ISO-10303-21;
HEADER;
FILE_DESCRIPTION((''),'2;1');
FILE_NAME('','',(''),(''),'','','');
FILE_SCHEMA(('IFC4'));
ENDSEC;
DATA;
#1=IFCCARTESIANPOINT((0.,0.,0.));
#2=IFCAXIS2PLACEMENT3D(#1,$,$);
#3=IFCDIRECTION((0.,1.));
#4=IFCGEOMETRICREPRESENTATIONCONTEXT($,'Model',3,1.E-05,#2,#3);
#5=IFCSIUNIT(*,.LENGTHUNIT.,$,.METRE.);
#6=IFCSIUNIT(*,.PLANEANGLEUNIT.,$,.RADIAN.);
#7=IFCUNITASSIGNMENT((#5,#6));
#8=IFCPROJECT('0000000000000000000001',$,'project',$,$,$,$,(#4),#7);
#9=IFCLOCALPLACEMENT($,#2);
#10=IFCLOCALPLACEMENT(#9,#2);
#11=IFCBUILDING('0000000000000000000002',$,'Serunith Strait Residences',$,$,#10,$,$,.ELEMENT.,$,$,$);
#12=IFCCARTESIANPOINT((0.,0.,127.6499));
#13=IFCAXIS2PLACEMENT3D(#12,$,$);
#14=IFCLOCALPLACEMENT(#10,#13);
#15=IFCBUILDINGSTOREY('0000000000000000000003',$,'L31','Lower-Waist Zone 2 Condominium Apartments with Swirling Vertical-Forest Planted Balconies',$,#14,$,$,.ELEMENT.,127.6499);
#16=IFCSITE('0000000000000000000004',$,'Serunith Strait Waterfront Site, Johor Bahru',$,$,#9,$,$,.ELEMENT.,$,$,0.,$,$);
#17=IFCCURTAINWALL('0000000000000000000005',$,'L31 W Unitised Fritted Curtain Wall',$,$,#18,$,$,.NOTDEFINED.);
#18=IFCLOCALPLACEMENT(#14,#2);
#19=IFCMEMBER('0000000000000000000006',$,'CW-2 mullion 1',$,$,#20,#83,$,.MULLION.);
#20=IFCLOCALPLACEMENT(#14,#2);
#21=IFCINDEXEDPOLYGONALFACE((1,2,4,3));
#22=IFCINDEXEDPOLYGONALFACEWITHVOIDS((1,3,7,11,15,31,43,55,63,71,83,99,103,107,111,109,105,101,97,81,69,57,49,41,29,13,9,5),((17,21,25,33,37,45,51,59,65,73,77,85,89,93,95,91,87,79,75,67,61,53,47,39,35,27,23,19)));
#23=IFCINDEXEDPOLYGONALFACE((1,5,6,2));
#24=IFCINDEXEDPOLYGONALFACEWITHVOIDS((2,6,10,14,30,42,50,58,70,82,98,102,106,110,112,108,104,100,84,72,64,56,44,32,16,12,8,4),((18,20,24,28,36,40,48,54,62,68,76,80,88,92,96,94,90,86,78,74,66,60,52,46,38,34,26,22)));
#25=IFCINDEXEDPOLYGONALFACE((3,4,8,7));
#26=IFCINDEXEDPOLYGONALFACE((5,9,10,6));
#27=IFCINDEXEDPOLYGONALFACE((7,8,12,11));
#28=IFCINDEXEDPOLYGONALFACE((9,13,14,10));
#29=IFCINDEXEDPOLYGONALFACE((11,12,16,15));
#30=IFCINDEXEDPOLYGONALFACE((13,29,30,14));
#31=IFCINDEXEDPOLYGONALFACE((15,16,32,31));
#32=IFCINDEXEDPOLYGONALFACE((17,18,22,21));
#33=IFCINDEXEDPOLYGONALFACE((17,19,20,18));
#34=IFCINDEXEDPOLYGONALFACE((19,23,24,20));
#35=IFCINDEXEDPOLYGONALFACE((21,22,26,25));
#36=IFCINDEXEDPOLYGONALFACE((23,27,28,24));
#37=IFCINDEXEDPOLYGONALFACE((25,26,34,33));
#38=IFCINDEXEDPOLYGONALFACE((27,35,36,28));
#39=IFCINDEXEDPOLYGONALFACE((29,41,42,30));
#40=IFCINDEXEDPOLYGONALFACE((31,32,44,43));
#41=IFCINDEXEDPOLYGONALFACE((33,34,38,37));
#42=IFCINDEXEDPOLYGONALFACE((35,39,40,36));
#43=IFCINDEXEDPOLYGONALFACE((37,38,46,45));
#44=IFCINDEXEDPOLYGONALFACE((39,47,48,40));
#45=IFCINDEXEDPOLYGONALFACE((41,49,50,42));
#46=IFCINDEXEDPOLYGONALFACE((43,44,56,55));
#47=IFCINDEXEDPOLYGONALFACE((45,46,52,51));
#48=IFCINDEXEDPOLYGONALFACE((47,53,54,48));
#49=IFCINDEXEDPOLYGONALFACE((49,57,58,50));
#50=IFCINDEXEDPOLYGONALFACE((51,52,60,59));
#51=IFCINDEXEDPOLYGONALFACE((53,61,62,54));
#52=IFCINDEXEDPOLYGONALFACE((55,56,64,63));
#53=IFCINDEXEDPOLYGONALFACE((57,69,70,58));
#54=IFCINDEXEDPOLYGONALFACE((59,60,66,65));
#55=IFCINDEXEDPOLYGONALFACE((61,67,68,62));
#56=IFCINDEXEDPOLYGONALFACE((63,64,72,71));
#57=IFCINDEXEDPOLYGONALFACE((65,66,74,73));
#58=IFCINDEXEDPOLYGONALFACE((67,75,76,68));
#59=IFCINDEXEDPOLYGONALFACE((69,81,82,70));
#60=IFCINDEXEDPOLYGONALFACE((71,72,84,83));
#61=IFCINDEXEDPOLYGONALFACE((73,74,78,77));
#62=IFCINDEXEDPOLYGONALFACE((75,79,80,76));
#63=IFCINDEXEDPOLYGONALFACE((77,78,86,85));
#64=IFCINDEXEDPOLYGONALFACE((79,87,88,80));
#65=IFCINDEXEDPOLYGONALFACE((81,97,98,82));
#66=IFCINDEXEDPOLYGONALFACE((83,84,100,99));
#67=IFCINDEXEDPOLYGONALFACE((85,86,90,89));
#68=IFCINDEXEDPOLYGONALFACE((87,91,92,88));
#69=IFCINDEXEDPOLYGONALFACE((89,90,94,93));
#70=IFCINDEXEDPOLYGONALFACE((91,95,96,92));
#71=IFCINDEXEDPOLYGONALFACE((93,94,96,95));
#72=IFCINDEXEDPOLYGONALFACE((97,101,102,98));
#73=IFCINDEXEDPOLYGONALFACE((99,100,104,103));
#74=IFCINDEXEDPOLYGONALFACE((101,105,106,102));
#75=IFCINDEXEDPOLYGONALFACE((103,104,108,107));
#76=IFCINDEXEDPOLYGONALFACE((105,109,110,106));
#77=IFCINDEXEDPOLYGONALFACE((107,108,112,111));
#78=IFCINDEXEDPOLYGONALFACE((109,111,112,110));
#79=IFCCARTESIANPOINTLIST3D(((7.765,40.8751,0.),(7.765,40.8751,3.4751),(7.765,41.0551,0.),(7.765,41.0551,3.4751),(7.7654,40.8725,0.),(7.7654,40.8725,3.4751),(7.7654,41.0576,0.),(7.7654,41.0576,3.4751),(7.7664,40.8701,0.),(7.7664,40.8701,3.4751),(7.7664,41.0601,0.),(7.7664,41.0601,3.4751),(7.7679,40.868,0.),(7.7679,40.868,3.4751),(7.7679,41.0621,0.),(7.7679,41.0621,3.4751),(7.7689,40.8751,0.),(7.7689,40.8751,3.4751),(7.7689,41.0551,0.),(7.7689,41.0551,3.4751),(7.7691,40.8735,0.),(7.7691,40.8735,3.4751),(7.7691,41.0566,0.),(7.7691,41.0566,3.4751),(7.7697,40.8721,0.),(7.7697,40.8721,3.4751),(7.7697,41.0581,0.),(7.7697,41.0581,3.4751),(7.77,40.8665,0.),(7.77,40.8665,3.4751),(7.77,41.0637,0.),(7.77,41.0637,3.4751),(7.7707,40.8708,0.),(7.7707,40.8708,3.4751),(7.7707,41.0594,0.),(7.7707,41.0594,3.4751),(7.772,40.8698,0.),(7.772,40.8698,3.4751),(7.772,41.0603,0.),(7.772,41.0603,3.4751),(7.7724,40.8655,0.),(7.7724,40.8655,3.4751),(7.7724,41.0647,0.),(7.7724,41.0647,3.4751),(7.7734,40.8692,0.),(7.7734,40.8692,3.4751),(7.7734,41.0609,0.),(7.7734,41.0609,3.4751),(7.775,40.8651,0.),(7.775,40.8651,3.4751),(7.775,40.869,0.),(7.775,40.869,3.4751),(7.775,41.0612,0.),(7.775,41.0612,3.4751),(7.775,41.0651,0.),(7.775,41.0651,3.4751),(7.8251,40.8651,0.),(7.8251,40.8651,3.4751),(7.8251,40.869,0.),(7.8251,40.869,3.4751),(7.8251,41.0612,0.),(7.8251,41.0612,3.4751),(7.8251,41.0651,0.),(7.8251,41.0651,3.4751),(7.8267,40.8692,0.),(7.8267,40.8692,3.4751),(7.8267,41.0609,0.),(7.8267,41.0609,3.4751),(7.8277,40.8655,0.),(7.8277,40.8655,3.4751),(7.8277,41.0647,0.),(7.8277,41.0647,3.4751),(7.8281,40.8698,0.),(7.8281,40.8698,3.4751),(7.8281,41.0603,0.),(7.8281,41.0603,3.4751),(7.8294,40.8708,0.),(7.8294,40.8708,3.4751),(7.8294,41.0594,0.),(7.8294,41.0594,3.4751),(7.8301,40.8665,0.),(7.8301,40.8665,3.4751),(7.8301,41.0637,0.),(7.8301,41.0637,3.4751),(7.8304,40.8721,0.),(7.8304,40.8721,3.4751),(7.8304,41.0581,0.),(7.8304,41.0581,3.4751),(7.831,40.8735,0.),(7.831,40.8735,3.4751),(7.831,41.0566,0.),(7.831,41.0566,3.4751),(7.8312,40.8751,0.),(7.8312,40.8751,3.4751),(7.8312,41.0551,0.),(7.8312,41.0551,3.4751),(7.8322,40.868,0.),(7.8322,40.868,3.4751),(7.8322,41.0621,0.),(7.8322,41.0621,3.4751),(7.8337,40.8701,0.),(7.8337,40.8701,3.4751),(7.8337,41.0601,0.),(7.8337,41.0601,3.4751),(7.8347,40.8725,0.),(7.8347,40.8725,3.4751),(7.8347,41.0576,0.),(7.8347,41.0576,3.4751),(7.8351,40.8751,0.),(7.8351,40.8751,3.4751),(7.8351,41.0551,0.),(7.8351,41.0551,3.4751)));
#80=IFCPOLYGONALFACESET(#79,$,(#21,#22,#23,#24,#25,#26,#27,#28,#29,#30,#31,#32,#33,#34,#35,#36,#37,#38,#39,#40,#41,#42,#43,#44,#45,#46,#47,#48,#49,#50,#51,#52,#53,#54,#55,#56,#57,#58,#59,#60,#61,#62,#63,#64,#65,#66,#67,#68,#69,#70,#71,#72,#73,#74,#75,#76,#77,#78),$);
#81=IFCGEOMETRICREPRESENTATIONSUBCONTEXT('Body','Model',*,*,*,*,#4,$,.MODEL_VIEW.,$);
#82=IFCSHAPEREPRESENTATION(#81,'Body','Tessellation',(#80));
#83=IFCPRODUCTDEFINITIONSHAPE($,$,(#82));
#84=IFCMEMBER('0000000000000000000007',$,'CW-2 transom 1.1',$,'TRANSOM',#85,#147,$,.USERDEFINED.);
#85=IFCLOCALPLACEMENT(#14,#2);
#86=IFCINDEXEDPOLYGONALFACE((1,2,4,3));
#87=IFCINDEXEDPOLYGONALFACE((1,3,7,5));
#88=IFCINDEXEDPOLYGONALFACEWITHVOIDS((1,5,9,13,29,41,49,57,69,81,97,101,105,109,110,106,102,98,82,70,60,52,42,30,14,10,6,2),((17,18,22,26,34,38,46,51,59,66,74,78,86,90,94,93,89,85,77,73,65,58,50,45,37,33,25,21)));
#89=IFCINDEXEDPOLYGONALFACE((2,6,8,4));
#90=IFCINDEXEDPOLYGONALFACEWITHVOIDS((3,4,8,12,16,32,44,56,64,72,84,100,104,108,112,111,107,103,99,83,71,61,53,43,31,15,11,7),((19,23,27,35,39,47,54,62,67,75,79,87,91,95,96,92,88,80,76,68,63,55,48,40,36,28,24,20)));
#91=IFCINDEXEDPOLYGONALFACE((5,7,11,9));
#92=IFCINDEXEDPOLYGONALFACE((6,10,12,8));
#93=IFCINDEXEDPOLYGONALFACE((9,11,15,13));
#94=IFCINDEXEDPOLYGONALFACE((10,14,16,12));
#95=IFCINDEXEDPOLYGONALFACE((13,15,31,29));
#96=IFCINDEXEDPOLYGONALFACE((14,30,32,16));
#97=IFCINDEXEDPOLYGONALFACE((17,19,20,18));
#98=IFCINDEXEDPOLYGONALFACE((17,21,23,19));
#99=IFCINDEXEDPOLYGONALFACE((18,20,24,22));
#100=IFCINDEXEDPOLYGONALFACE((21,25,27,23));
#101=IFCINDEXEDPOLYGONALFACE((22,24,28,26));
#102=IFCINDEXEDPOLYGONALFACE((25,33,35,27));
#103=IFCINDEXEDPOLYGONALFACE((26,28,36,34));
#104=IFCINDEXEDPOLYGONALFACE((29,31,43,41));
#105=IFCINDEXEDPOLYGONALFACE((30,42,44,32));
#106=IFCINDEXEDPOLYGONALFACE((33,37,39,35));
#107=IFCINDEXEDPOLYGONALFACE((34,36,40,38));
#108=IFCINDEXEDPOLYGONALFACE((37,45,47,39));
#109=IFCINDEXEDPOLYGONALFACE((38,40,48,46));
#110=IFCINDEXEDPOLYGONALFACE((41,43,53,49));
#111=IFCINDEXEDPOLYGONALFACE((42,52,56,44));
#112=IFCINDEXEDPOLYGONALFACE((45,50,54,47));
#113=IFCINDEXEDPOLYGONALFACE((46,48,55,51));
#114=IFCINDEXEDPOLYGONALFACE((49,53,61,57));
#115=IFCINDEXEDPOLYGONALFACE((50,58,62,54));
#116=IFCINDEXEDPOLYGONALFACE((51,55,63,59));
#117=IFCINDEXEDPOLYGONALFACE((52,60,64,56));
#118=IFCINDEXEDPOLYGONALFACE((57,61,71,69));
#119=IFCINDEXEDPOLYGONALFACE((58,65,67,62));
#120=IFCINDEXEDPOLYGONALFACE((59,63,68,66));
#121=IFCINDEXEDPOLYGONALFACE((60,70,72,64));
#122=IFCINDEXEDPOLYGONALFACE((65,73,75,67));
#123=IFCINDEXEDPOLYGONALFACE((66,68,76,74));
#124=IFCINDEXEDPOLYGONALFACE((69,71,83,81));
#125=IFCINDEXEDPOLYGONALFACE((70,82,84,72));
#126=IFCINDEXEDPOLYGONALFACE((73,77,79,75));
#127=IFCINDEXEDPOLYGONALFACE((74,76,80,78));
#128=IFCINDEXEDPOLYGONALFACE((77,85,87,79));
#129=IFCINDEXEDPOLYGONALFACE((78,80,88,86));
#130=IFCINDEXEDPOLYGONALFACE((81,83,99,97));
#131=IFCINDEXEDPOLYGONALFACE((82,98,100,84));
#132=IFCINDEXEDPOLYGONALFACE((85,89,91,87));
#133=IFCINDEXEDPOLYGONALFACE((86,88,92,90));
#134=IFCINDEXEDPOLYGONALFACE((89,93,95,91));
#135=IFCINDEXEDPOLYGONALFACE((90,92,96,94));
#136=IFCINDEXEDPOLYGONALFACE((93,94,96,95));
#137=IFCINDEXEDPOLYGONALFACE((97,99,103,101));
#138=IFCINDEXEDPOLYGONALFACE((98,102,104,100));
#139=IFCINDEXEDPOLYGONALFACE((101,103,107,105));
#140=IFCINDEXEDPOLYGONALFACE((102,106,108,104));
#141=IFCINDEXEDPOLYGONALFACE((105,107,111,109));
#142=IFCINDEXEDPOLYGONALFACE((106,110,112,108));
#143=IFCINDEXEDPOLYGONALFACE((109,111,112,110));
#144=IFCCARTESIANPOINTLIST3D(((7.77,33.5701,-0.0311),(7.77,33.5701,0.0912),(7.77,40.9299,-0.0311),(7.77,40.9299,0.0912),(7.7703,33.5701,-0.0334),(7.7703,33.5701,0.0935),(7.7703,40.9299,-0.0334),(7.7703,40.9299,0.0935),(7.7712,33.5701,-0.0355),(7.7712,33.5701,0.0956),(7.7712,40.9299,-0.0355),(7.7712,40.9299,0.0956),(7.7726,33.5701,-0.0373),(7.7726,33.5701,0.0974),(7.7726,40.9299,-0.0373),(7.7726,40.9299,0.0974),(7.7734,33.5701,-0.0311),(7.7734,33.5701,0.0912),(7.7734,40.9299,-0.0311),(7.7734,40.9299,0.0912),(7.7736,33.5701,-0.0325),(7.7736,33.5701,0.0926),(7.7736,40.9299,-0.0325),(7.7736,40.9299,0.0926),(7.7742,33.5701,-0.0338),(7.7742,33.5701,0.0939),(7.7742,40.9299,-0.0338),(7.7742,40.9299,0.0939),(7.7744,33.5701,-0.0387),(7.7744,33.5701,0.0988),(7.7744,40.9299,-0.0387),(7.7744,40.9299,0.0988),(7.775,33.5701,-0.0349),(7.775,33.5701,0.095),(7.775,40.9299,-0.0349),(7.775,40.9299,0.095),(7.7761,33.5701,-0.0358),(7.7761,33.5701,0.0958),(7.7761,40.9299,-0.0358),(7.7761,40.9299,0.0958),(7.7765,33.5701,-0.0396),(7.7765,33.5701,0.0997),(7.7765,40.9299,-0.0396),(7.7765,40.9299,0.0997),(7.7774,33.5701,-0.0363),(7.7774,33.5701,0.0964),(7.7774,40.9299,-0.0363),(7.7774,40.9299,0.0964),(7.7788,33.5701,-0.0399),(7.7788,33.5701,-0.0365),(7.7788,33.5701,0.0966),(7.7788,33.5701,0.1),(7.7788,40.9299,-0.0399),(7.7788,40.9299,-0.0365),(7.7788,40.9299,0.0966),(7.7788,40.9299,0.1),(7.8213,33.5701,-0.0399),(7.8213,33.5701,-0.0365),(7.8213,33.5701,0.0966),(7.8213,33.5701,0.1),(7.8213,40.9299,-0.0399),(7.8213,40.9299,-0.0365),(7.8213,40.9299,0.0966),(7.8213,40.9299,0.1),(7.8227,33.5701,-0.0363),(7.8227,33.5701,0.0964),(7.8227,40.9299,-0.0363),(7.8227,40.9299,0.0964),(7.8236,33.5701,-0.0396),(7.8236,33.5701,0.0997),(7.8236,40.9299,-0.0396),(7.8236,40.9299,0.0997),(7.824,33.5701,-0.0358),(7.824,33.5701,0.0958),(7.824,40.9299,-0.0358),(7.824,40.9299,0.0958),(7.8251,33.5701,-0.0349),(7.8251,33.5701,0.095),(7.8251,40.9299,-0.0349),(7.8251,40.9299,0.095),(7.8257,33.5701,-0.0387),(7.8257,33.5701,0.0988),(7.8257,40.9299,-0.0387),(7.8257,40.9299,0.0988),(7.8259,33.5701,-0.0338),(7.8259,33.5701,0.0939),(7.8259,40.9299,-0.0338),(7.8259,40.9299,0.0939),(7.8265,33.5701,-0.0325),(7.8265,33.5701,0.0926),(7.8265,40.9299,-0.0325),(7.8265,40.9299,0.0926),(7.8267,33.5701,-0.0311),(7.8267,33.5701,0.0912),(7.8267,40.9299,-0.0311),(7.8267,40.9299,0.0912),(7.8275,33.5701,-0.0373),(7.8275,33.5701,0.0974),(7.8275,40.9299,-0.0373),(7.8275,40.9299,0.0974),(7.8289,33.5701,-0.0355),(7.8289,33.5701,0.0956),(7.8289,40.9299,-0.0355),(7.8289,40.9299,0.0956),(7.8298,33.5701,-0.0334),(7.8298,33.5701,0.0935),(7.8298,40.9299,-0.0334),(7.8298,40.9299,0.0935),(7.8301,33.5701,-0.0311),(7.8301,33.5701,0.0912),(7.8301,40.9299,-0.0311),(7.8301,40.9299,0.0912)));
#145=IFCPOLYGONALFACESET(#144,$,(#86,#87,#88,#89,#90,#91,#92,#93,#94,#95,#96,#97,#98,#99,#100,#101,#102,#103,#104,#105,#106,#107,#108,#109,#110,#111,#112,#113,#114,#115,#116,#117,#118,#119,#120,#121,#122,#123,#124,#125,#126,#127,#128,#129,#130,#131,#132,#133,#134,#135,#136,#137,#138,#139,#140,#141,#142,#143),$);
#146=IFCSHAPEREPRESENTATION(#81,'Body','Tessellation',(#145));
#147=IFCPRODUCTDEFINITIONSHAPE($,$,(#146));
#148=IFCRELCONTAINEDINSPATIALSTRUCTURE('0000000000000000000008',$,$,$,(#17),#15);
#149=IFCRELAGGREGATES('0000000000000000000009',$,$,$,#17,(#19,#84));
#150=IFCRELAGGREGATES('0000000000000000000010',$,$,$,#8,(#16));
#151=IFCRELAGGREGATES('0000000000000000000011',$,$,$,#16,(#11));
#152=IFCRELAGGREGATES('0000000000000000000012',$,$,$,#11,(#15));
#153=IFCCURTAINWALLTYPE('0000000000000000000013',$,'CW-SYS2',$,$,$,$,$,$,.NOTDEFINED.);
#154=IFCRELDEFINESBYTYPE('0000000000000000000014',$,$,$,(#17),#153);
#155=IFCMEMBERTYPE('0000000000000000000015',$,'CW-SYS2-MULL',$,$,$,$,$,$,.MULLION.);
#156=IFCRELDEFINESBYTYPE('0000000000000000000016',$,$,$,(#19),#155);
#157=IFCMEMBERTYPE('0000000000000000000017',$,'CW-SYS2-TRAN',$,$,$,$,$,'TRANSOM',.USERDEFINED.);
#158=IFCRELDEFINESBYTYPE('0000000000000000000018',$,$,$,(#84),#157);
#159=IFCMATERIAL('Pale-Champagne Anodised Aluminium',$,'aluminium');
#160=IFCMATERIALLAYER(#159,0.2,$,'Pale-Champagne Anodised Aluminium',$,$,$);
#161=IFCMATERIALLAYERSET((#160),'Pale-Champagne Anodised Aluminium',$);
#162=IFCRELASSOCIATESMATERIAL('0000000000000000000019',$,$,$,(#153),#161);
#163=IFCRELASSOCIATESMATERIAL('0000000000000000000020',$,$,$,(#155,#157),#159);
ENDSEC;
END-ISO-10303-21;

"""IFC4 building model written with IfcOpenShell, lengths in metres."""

from ifc_helpers import new_model, si_unit, direction, frame, origin, origin_2d, place, context, subcontext, project, spatial, hollow_rectangle, extrude, source, transform, mapped, material, layer, layer_set, material_profile, profile_set, type_object, element, aggregate, save


model = new_model("IFC4")

# Units and contexts
model_context = context("Model", 3, precision=1e-05, world=origin(), true_north=direction((0.0, 1.0)))
body_context = subcontext(model_context, "Body", "Model", "MODEL_VIEW")
ifc_project = project(units=[si_unit("LENGTHUNIT", "METRE"), si_unit("PLANEANGLEUNIT", "RADIAN")], contexts=[model_context])

# Site, building, storey
site_placement = place(None, origin())
site = spatial("IfcSite", under=ifc_project, at=site_placement, Name="Serunith Strait Waterfront Site, Johor Bahru", CompositionType="ELEMENT", RefElevation=0.0)
building_placement = place(site_placement, origin())
building = spatial("IfcBuilding", under=site, at=building_placement, Name="Serunith Strait Residences", CompositionType="ELEMENT")
storey_placement = place(building_placement, frame((0.0, 0.0, 127.6499)))
storey = spatial("IfcBuildingStorey", under=building, at=storey_placement, Name="L31", Description="Lower-Waist Zone 2 Condominium Apartments with Swirling Vertical-Forest Planted Balconies", CompositionType="ELEMENT", Elevation=127.6499)

# Shared definitions
ifc_material_1 = material(Name="Pale-Champagne Anodised Aluminium", Category="aluminium")
ifc_layer_1 = layer(ifc_material_1, 0.2, Name="Pale-Champagne Anodised Aluminium")
ifc_layer_set_1 = layer_set([ifc_layer_1], Name="Pale-Champagne Anodised Aluminium")
curtain_wall_type = type_object("IfcCurtainWallType", Name="CW-SYS2", PredefinedType="NOTDEFINED", material=ifc_layer_set_1)
ifc_material_profile_1 = material_profile(ifc_material_1, hollow_rectangle(XDim=0.0701, YDim=0.2, WallThickness=0.0039, InnerFilletRadius=0.0061, OuterFilletRadius=0.01, at=origin_2d()), Name="ALU 200x70x4")
ifc_profile_set_1 = profile_set([ifc_material_profile_1], Name="Pale-Champagne Anodised Aluminium")
member_type_1 = type_object("IfcMemberType", Name="CW-SYS2-MULL", PredefinedType="MULLION", material=ifc_profile_set_1)
shared_shape_1 = source(origin(), body_context, "Body", "SweptSolid", [
    extrude(hollow_rectangle(XDim=0.0701, YDim=0.2, WallThickness=0.0039, InnerFilletRadius=0.0061, OuterFilletRadius=0.01, at=origin_2d()), origin(), (0.0, 0.0, 1.0), 3.4751),
])

# Curtain wall, members
curtain_wall_1_placement = place(storey_placement, origin())
curtain_wall_1 = element("IfcCurtainWall", 1, at=curtain_wall_1_placement, inside=storey, type_object=curtain_wall_type, Name="L31 W Unitised Fritted Curtain Wall", PredefinedType="NOTDEFINED")
member_1_placement = place(storey_placement, frame((7.8, 40.9651, 0.0), z_axis=(0.0, 0.0, 1.0), x_axis=(1.0, 0.0, 0.0)))
member_1 = element("IfcMember", 2, at=member_1_placement, type_object=member_type_1, Name="CW-2 mullion 1", PredefinedType="MULLION", context=body_context, shape_type="MappedRepresentation", body=[
    mapped(shared_shape_1, transform((0.0, 0.0, 0.0), scale=1.0)),
])
ifc_material_profile_2 = material_profile(ifc_material_1, hollow_rectangle(XDim=0.0601, YDim=0.1399, WallThickness=0.0034, InnerFilletRadius=0.0054, OuterFilletRadius=0.0088, at=origin_2d()), Name="ALU 140x60x3.5")
ifc_profile_set_2 = profile_set([ifc_material_profile_2], Name="Pale-Champagne Anodised Aluminium")
member_type_2 = type_object("IfcMemberType", Name="CW-SYS2-TRAN", ElementType="TRANSOM", PredefinedType="USERDEFINED", material=ifc_profile_set_2)
shared_shape_2 = source(origin(), body_context, "Body", "SweptSolid", [
    extrude(hollow_rectangle(XDim=0.0601, YDim=0.1399, WallThickness=0.0034, InnerFilletRadius=0.0054, OuterFilletRadius=0.0088, at=origin_2d()), origin(), (0.0, 0.0, 1.0), 7.3599),
])
member_2_placement = place(storey_placement, frame((7.8, 40.9299, 0.03), z_axis=(0.0, -1.0, 0.0), x_axis=(1.0, 0.0, 0.0)))
member_2 = element("IfcMember", 3, at=member_2_placement, type_object=member_type_2, Name="CW-2 transom 1.1", ObjectType="TRANSOM", PredefinedType="USERDEFINED", context=body_context, shape_type="MappedRepresentation", body=[
    mapped(shared_shape_2, transform((0.0, 0.0, 0.0), scale=1.0)),
])
aggregate(curtain_wall_1, [member_1, member_2])

save(model, "model.ifc")
